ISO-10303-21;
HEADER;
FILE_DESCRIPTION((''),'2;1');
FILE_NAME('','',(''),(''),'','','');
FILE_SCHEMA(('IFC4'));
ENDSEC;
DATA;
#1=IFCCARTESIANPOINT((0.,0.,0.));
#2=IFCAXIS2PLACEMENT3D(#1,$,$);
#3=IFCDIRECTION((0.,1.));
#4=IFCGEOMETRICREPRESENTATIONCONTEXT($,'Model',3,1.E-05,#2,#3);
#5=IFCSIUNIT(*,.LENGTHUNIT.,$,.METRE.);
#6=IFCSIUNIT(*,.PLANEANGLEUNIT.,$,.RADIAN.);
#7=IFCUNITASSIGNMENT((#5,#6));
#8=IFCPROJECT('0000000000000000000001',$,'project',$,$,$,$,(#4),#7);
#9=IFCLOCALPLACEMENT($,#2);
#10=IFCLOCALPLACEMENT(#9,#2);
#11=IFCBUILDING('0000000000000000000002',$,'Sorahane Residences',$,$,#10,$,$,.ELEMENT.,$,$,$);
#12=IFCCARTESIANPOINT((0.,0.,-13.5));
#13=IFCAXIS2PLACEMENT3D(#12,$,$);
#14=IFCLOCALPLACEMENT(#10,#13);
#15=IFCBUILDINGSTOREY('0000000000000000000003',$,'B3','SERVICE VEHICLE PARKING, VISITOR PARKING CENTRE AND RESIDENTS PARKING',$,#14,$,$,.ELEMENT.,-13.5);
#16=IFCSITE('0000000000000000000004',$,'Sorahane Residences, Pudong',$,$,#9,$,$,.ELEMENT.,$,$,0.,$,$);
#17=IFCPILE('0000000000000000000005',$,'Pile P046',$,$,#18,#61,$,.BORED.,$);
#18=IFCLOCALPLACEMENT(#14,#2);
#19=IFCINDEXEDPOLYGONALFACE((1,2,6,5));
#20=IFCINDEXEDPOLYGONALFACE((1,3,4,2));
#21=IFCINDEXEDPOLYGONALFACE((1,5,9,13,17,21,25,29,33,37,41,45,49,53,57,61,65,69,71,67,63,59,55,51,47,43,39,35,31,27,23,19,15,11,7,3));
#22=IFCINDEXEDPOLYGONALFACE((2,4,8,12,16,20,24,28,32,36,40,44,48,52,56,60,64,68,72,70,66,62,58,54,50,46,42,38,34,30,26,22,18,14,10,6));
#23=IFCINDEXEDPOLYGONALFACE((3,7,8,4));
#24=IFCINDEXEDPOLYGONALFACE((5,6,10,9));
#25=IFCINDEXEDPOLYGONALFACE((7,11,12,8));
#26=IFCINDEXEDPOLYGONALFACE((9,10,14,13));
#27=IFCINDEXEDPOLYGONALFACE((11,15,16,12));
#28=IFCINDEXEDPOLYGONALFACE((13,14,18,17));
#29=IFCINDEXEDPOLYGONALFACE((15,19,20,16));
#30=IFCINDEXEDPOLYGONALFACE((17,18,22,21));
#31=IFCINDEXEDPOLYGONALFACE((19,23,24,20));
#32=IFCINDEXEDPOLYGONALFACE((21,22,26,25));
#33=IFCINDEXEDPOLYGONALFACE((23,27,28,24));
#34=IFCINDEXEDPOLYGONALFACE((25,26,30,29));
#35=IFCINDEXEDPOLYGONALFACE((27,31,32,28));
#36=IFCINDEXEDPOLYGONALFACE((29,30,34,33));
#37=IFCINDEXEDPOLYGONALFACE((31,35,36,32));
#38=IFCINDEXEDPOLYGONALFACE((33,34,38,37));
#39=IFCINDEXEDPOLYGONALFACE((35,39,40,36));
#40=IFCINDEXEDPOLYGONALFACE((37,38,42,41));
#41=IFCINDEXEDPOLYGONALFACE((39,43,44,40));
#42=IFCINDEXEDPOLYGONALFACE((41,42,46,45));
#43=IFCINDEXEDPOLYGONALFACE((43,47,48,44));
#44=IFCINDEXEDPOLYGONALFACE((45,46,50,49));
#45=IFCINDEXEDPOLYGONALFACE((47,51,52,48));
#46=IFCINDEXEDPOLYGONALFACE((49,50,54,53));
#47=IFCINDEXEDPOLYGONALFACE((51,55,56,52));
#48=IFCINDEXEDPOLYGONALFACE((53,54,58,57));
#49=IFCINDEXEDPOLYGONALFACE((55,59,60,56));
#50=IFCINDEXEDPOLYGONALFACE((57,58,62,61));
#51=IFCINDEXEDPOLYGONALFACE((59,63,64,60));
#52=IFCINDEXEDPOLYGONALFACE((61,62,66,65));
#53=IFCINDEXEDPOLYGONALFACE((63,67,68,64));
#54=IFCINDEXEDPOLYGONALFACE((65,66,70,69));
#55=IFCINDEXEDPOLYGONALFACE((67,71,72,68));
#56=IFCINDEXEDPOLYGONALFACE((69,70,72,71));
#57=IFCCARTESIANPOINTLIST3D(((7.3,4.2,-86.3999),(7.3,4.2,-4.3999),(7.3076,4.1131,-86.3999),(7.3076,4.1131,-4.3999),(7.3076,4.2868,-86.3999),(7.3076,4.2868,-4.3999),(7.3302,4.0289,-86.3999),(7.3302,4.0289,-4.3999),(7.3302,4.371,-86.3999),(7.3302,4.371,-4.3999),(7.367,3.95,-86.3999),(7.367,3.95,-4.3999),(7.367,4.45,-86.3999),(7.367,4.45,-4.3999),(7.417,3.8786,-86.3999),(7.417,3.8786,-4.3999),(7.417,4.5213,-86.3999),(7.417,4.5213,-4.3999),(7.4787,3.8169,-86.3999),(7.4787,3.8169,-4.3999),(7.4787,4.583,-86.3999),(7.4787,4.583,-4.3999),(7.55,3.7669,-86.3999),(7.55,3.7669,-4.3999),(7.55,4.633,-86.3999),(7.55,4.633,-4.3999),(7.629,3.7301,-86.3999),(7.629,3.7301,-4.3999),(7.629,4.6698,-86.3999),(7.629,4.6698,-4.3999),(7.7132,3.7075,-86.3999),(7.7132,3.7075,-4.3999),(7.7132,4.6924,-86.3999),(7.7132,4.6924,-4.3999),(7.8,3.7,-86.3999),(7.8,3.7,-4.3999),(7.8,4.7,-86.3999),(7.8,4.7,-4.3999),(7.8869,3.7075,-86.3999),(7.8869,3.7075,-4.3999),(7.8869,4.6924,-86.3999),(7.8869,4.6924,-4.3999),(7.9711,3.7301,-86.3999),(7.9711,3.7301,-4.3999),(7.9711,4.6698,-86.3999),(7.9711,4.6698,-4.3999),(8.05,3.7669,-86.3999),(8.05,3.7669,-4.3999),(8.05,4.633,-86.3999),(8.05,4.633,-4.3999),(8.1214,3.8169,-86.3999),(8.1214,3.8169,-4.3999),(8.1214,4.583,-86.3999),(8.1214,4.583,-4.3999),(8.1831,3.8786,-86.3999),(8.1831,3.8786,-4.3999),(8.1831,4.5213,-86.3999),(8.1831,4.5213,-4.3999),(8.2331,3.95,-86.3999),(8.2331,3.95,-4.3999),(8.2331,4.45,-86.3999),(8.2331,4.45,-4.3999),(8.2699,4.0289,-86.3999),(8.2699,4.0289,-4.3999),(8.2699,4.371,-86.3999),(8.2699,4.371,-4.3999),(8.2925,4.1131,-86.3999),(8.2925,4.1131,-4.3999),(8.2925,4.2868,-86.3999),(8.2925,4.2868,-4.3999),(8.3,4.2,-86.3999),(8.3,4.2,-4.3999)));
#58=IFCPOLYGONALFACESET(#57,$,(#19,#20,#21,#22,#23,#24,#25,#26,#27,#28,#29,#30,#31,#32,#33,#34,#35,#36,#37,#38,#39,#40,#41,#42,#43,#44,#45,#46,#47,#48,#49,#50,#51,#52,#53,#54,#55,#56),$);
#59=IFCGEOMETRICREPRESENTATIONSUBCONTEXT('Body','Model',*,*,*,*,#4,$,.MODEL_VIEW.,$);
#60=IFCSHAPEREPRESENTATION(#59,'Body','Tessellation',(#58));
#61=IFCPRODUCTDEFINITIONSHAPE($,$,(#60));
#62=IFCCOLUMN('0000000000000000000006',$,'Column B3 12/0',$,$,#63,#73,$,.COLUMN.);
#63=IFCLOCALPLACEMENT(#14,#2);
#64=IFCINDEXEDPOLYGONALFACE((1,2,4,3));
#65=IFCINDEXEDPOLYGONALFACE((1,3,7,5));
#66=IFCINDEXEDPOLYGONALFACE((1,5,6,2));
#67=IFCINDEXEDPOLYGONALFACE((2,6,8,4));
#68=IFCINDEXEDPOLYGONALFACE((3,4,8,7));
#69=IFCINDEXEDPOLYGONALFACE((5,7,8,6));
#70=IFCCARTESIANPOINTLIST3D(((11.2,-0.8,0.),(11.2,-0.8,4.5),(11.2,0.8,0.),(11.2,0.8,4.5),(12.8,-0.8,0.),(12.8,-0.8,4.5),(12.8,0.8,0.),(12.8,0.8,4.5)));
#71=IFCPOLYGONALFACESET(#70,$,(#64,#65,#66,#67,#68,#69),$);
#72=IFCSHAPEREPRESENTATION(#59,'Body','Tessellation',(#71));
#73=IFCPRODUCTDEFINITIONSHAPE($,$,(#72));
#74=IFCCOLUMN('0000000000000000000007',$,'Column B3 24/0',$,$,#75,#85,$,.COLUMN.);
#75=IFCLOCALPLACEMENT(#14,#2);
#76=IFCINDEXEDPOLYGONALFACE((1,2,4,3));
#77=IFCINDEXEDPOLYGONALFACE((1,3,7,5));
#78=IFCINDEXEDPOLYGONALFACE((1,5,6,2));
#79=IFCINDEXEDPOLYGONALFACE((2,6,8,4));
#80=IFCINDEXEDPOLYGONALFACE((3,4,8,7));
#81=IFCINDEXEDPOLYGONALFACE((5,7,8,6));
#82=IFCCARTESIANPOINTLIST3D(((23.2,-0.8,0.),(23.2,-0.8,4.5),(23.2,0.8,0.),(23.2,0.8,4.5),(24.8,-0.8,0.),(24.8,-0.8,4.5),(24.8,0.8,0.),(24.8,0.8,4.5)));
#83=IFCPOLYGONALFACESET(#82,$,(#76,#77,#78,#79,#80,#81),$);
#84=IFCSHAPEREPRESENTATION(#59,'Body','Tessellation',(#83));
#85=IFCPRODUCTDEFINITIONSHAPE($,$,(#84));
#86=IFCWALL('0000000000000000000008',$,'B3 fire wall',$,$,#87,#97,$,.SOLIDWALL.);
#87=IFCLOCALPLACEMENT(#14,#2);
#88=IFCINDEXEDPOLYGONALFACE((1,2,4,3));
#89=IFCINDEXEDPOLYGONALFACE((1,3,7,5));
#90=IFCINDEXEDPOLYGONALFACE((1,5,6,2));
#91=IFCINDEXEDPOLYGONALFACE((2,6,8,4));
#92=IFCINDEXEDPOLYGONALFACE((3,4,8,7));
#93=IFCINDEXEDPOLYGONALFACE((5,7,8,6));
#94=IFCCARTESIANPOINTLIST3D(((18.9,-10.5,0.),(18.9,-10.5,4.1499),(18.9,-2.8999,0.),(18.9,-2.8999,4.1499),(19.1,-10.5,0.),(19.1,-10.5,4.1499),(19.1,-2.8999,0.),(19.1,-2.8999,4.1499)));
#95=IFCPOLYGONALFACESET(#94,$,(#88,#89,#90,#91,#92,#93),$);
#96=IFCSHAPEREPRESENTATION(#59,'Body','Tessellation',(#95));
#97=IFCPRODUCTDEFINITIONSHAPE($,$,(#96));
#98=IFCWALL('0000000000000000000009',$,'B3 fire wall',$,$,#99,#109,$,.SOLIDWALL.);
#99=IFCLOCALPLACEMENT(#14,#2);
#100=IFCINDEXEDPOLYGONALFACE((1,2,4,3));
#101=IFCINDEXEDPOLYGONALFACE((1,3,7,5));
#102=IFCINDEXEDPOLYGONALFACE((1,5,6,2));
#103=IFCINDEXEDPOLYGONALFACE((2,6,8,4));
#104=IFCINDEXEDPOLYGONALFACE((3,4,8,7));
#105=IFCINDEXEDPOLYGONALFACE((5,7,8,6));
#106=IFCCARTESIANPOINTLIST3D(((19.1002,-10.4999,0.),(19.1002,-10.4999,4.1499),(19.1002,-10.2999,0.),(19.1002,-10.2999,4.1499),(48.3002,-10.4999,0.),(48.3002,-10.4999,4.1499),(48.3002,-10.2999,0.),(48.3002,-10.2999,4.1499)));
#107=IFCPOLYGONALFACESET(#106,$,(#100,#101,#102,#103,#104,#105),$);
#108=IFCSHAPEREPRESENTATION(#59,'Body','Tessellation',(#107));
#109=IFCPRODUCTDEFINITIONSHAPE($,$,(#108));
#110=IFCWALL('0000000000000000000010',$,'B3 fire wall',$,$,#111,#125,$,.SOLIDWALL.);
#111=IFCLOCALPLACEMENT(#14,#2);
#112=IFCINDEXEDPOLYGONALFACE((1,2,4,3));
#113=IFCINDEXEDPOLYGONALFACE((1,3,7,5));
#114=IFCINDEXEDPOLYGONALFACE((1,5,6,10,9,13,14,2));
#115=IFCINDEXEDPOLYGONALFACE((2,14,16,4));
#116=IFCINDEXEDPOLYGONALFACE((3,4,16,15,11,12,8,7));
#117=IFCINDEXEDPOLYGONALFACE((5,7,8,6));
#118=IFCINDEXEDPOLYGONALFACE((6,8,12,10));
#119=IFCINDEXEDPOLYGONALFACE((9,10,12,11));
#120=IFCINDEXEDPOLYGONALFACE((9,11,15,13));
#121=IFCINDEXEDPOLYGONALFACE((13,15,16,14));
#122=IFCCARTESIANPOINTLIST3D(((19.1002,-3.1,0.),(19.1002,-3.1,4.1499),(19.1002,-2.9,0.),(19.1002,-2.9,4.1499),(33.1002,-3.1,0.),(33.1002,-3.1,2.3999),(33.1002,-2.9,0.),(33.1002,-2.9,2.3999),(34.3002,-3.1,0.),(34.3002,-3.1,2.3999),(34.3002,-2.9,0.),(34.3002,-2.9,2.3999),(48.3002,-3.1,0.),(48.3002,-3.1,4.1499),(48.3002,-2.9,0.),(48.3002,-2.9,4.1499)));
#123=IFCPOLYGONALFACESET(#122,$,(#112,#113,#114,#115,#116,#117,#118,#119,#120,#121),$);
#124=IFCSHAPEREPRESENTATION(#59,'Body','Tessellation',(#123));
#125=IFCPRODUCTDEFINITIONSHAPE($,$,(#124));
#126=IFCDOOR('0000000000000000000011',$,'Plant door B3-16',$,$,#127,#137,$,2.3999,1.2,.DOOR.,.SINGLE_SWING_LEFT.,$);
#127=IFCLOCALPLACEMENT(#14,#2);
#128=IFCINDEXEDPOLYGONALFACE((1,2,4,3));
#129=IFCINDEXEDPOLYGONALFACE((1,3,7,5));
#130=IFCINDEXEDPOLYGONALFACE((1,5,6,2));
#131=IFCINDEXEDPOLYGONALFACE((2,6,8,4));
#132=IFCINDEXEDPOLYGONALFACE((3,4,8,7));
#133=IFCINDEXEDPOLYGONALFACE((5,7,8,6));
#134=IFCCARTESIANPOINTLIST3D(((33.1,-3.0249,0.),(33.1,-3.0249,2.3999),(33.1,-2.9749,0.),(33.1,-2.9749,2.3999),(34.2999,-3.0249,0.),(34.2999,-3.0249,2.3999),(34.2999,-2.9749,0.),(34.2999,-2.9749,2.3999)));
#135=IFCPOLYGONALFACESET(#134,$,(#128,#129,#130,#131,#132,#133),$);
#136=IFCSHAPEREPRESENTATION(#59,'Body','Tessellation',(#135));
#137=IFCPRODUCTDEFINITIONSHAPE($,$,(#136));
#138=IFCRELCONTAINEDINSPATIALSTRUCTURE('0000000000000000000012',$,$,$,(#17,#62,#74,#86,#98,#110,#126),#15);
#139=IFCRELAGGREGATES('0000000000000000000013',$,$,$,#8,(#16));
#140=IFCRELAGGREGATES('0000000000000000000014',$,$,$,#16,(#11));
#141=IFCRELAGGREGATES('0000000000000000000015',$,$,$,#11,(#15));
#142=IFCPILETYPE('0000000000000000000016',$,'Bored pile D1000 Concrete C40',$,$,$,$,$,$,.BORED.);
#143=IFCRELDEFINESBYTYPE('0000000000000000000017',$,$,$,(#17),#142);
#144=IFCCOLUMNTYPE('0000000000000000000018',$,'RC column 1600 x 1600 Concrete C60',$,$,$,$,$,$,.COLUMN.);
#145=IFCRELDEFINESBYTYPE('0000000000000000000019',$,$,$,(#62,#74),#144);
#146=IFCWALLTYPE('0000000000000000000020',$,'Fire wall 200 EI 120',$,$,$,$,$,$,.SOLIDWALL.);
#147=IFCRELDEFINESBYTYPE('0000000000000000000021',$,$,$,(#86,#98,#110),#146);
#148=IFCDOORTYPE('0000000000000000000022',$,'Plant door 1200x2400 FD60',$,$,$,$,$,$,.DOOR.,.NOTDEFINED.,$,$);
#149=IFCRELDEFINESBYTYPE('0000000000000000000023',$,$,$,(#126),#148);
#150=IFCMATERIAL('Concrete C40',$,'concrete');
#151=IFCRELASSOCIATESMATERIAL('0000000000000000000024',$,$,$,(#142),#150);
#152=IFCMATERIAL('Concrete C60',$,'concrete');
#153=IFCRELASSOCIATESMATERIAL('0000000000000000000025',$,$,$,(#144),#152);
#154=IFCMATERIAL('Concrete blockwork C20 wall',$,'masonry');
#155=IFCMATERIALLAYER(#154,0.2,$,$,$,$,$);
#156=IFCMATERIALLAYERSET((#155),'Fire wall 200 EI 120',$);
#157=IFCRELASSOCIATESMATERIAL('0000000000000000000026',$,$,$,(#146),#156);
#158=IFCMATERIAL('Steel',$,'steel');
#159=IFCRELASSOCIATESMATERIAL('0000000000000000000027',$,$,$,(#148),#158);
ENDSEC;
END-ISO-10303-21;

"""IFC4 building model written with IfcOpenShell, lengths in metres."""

from ifc_helpers import new_model, si_unit, direction, frame, frame_2d, origin, origin_2d, place, context, subcontext, project, spatial, rectangle, circle, extrude, material, layer, layer_set, material_profile, profile_set, type_object, element, fill, save


model = new_model("IFC4")

# Units and contexts
model_context = context("Model", 3, precision=1e-05, world=origin(), true_north=direction((0.0, 1.0)))
body_context = subcontext(model_context, "Body", "Model", "MODEL_VIEW")
ifc_project = project(units=[si_unit("LENGTHUNIT", "METRE"), si_unit("PLANEANGLEUNIT", "RADIAN")], contexts=[model_context])

# Site, building, storey
site_placement = place(None, origin())
site = spatial("IfcSite", under=ifc_project, at=site_placement, Name="Sorahane Residences, Pudong", CompositionType="ELEMENT", RefElevation=0.0)
building_placement = place(site_placement, origin())
building = spatial("IfcBuilding", under=site, at=building_placement, Name="Sorahane Residences", CompositionType="ELEMENT")
storey_placement = place(building_placement, frame((0.0, 0.0, -13.5)))
storey = spatial("IfcBuildingStorey", under=building, at=storey_placement, Name="B3", Description="SERVICE VEHICLE PARKING, VISITOR PARKING CENTRE AND RESIDENTS PARKING", CompositionType="ELEMENT", Elevation=-13.5)

# Pile
ifc_material_1 = material(Name="Concrete C40", Category="concrete")
ifc_material_profile_1 = material_profile(ifc_material_1, circle(Radius=0.5, at=origin_2d()), Name="D1000")
ifc_profile_set_1 = profile_set([ifc_material_profile_1], Name="Concrete C40")
pile_type = type_object("IfcPileType", Name="Bored pile D1000 Concrete C40", PredefinedType="BORED", material=ifc_profile_set_1)
for number, where, z_axis, x_axis, name in (
    (1, (7.8, 4.2, -4.3999), (0.0, 0.0, -1.0), (1.0, 0.0, 0.0), "Pile P046"),
):
    element("IfcPile", number, at=place(storey_placement, frame(where, z_axis=z_axis, x_axis=x_axis)), inside=storey, type_object=pile_type, Name=name, PredefinedType="BORED", context=body_context, shape_type="SweptSolid", body=[
        extrude(circle(Radius=0.5, at=origin_2d()), origin(), (0.0, 0.0, 1.0), 82.0),
    ])

# Columns
ifc_material_2 = material(Name="Concrete C60", Category="concrete")
ifc_material_profile_2 = material_profile(ifc_material_2, rectangle(XDim=1.6001, YDim=1.6001, at=origin_2d()), Name="1600x1600")
ifc_profile_set_2 = profile_set([ifc_material_profile_2], Name="Concrete C60")
column_type = type_object("IfcColumnType", Name="RC column 1600 x 1600 Concrete C60", PredefinedType="COLUMN", material=ifc_profile_set_2)
for number, where, z_axis, x_axis, name in (
    (2, (12.0, 0.0, 0.0), (0.0, 0.0, 1.0), (1.0, 0.0, 0.0), "Column B3 12/0"),
    (3, (24.0, 0.0, 0.0), (0.0, 0.0, 1.0), (1.0, 0.0, 0.0), "Column B3 24/0"),
):
    element("IfcColumn", number, at=place(storey_placement, frame(where, z_axis=z_axis, x_axis=x_axis)), inside=storey, type_object=column_type, Name=name, PredefinedType="COLUMN", context=body_context, shape_type="SweptSolid", body=[
        extrude(rectangle(XDim=1.6001, YDim=1.6001, at=origin_2d()), origin(), (0.0, 0.0, 1.0), 4.5),
    ])

# Shared definitions
ifc_material_3 = material(Name="Concrete blockwork C20 wall", Category="masonry")
ifc_layer = layer(ifc_material_3, 0.2)
ifc_layer_set = layer_set([ifc_layer], Name="Fire wall 200 EI 120")
wall_type = type_object("IfcWallType", Name="Fire wall 200 EI 120", PredefinedType="SOLIDWALL", material=ifc_layer_set)

# Walls
wall_1_placement = place(storey_placement, frame((19.0, -10.5, 0.0), z_axis=(0.0, 0.0, 1.0), x_axis=(0.0, 1.0, 0.0)))
element("IfcWall", 4, at=wall_1_placement, inside=storey, type_object=wall_type, Name="B3 fire wall", PredefinedType="SOLIDWALL", context=body_context, shape_type="SweptSolid", body=[
    extrude(rectangle(XDim=7.6001, YDim=0.2, at=frame_2d((3.8, 0.0))), origin(), (0.0, 0.0, 1.0), 4.1499),
])
wall_2_placement = place(storey_placement, frame((19.1001, -10.3999, 0.0), z_axis=(0.0, 0.0, 1.0), x_axis=(1.0, 0.0, 0.0)))
element("IfcWall", 5, at=wall_2_placement, inside=storey, type_object=wall_type, Name="B3 fire wall", PredefinedType="SOLIDWALL", context=body_context, shape_type="SweptSolid", body=[
    extrude(rectangle(XDim=29.2, YDim=0.2, at=frame_2d((14.6001, 0.0))), origin(), (0.0, 0.0, 1.0), 4.1499),
])

# Wall, opening, door
wall_3_placement = place(storey_placement, frame((19.1001, -3.0, 0.0), z_axis=(0.0, 0.0, 1.0), x_axis=(1.0, 0.0, 0.0)))
wall_3 = element("IfcWall", 6, at=wall_3_placement, inside=storey, type_object=wall_type, Name="B3 fire wall", PredefinedType="SOLIDWALL", context=body_context, shape_type="SweptSolid", body=[
    extrude(rectangle(XDim=29.2, YDim=0.2, at=frame_2d((14.6001, 0.0))), origin(), (0.0, 0.0, 1.0), 4.1499),
])
opening_1_placement = place(wall_3_placement, frame((14.0, 0.0, 0.0)))
opening_1 = element("IfcOpeningElement", 7, at=opening_1_placement, cuts=wall_3, PredefinedType="OPENING", context=body_context, shape_type="SweptSolid", body=[
    extrude(rectangle(XDim=1.2, YDim=2.3999, at=frame_2d((0.6001, 1.2))), frame((0.0, 0.1099, 0.0), z_axis=(0.0, -1.0, 0.0), x_axis=(1.0, 0.0, 0.0)), (0.0, 0.0, 1.0), 0.22),
])
ifc_material_4 = material(Name="Steel", Category="steel")
door_type_1 = type_object("IfcDoorType", Name="Plant door 1200x2400 FD60", OperationType="NOTDEFINED", PredefinedType="DOOR", material=ifc_material_4)
door_1_placement = place(opening_1_placement, frame((1.2, 0.0, 0.0), z_axis=(0.0, 0.0, 1.0), x_axis=(-1.0, 0.0, 0.0)))
door_1 = element("IfcDoor", 8, at=door_1_placement, inside=storey, type_object=door_type_1, Name="Plant door B3-16", OperationType="SINGLE_SWING_LEFT", OverallHeight=2.3999, OverallWidth=1.2, PredefinedType="DOOR", context=body_context, shape_type="SweptSolid", body=[
    extrude(rectangle(XDim=1.2, YDim=2.3999, at=frame_2d((0.6001, 1.2))), frame((0.0, 0.0249, 0.0), z_axis=(0.0, -1.0, 0.0), x_axis=(1.0, 0.0, 0.0)), (0.0, 0.0, 1.0), 0.05),
])
fill(opening_1, door_1)

save(model, "model.ifc")
